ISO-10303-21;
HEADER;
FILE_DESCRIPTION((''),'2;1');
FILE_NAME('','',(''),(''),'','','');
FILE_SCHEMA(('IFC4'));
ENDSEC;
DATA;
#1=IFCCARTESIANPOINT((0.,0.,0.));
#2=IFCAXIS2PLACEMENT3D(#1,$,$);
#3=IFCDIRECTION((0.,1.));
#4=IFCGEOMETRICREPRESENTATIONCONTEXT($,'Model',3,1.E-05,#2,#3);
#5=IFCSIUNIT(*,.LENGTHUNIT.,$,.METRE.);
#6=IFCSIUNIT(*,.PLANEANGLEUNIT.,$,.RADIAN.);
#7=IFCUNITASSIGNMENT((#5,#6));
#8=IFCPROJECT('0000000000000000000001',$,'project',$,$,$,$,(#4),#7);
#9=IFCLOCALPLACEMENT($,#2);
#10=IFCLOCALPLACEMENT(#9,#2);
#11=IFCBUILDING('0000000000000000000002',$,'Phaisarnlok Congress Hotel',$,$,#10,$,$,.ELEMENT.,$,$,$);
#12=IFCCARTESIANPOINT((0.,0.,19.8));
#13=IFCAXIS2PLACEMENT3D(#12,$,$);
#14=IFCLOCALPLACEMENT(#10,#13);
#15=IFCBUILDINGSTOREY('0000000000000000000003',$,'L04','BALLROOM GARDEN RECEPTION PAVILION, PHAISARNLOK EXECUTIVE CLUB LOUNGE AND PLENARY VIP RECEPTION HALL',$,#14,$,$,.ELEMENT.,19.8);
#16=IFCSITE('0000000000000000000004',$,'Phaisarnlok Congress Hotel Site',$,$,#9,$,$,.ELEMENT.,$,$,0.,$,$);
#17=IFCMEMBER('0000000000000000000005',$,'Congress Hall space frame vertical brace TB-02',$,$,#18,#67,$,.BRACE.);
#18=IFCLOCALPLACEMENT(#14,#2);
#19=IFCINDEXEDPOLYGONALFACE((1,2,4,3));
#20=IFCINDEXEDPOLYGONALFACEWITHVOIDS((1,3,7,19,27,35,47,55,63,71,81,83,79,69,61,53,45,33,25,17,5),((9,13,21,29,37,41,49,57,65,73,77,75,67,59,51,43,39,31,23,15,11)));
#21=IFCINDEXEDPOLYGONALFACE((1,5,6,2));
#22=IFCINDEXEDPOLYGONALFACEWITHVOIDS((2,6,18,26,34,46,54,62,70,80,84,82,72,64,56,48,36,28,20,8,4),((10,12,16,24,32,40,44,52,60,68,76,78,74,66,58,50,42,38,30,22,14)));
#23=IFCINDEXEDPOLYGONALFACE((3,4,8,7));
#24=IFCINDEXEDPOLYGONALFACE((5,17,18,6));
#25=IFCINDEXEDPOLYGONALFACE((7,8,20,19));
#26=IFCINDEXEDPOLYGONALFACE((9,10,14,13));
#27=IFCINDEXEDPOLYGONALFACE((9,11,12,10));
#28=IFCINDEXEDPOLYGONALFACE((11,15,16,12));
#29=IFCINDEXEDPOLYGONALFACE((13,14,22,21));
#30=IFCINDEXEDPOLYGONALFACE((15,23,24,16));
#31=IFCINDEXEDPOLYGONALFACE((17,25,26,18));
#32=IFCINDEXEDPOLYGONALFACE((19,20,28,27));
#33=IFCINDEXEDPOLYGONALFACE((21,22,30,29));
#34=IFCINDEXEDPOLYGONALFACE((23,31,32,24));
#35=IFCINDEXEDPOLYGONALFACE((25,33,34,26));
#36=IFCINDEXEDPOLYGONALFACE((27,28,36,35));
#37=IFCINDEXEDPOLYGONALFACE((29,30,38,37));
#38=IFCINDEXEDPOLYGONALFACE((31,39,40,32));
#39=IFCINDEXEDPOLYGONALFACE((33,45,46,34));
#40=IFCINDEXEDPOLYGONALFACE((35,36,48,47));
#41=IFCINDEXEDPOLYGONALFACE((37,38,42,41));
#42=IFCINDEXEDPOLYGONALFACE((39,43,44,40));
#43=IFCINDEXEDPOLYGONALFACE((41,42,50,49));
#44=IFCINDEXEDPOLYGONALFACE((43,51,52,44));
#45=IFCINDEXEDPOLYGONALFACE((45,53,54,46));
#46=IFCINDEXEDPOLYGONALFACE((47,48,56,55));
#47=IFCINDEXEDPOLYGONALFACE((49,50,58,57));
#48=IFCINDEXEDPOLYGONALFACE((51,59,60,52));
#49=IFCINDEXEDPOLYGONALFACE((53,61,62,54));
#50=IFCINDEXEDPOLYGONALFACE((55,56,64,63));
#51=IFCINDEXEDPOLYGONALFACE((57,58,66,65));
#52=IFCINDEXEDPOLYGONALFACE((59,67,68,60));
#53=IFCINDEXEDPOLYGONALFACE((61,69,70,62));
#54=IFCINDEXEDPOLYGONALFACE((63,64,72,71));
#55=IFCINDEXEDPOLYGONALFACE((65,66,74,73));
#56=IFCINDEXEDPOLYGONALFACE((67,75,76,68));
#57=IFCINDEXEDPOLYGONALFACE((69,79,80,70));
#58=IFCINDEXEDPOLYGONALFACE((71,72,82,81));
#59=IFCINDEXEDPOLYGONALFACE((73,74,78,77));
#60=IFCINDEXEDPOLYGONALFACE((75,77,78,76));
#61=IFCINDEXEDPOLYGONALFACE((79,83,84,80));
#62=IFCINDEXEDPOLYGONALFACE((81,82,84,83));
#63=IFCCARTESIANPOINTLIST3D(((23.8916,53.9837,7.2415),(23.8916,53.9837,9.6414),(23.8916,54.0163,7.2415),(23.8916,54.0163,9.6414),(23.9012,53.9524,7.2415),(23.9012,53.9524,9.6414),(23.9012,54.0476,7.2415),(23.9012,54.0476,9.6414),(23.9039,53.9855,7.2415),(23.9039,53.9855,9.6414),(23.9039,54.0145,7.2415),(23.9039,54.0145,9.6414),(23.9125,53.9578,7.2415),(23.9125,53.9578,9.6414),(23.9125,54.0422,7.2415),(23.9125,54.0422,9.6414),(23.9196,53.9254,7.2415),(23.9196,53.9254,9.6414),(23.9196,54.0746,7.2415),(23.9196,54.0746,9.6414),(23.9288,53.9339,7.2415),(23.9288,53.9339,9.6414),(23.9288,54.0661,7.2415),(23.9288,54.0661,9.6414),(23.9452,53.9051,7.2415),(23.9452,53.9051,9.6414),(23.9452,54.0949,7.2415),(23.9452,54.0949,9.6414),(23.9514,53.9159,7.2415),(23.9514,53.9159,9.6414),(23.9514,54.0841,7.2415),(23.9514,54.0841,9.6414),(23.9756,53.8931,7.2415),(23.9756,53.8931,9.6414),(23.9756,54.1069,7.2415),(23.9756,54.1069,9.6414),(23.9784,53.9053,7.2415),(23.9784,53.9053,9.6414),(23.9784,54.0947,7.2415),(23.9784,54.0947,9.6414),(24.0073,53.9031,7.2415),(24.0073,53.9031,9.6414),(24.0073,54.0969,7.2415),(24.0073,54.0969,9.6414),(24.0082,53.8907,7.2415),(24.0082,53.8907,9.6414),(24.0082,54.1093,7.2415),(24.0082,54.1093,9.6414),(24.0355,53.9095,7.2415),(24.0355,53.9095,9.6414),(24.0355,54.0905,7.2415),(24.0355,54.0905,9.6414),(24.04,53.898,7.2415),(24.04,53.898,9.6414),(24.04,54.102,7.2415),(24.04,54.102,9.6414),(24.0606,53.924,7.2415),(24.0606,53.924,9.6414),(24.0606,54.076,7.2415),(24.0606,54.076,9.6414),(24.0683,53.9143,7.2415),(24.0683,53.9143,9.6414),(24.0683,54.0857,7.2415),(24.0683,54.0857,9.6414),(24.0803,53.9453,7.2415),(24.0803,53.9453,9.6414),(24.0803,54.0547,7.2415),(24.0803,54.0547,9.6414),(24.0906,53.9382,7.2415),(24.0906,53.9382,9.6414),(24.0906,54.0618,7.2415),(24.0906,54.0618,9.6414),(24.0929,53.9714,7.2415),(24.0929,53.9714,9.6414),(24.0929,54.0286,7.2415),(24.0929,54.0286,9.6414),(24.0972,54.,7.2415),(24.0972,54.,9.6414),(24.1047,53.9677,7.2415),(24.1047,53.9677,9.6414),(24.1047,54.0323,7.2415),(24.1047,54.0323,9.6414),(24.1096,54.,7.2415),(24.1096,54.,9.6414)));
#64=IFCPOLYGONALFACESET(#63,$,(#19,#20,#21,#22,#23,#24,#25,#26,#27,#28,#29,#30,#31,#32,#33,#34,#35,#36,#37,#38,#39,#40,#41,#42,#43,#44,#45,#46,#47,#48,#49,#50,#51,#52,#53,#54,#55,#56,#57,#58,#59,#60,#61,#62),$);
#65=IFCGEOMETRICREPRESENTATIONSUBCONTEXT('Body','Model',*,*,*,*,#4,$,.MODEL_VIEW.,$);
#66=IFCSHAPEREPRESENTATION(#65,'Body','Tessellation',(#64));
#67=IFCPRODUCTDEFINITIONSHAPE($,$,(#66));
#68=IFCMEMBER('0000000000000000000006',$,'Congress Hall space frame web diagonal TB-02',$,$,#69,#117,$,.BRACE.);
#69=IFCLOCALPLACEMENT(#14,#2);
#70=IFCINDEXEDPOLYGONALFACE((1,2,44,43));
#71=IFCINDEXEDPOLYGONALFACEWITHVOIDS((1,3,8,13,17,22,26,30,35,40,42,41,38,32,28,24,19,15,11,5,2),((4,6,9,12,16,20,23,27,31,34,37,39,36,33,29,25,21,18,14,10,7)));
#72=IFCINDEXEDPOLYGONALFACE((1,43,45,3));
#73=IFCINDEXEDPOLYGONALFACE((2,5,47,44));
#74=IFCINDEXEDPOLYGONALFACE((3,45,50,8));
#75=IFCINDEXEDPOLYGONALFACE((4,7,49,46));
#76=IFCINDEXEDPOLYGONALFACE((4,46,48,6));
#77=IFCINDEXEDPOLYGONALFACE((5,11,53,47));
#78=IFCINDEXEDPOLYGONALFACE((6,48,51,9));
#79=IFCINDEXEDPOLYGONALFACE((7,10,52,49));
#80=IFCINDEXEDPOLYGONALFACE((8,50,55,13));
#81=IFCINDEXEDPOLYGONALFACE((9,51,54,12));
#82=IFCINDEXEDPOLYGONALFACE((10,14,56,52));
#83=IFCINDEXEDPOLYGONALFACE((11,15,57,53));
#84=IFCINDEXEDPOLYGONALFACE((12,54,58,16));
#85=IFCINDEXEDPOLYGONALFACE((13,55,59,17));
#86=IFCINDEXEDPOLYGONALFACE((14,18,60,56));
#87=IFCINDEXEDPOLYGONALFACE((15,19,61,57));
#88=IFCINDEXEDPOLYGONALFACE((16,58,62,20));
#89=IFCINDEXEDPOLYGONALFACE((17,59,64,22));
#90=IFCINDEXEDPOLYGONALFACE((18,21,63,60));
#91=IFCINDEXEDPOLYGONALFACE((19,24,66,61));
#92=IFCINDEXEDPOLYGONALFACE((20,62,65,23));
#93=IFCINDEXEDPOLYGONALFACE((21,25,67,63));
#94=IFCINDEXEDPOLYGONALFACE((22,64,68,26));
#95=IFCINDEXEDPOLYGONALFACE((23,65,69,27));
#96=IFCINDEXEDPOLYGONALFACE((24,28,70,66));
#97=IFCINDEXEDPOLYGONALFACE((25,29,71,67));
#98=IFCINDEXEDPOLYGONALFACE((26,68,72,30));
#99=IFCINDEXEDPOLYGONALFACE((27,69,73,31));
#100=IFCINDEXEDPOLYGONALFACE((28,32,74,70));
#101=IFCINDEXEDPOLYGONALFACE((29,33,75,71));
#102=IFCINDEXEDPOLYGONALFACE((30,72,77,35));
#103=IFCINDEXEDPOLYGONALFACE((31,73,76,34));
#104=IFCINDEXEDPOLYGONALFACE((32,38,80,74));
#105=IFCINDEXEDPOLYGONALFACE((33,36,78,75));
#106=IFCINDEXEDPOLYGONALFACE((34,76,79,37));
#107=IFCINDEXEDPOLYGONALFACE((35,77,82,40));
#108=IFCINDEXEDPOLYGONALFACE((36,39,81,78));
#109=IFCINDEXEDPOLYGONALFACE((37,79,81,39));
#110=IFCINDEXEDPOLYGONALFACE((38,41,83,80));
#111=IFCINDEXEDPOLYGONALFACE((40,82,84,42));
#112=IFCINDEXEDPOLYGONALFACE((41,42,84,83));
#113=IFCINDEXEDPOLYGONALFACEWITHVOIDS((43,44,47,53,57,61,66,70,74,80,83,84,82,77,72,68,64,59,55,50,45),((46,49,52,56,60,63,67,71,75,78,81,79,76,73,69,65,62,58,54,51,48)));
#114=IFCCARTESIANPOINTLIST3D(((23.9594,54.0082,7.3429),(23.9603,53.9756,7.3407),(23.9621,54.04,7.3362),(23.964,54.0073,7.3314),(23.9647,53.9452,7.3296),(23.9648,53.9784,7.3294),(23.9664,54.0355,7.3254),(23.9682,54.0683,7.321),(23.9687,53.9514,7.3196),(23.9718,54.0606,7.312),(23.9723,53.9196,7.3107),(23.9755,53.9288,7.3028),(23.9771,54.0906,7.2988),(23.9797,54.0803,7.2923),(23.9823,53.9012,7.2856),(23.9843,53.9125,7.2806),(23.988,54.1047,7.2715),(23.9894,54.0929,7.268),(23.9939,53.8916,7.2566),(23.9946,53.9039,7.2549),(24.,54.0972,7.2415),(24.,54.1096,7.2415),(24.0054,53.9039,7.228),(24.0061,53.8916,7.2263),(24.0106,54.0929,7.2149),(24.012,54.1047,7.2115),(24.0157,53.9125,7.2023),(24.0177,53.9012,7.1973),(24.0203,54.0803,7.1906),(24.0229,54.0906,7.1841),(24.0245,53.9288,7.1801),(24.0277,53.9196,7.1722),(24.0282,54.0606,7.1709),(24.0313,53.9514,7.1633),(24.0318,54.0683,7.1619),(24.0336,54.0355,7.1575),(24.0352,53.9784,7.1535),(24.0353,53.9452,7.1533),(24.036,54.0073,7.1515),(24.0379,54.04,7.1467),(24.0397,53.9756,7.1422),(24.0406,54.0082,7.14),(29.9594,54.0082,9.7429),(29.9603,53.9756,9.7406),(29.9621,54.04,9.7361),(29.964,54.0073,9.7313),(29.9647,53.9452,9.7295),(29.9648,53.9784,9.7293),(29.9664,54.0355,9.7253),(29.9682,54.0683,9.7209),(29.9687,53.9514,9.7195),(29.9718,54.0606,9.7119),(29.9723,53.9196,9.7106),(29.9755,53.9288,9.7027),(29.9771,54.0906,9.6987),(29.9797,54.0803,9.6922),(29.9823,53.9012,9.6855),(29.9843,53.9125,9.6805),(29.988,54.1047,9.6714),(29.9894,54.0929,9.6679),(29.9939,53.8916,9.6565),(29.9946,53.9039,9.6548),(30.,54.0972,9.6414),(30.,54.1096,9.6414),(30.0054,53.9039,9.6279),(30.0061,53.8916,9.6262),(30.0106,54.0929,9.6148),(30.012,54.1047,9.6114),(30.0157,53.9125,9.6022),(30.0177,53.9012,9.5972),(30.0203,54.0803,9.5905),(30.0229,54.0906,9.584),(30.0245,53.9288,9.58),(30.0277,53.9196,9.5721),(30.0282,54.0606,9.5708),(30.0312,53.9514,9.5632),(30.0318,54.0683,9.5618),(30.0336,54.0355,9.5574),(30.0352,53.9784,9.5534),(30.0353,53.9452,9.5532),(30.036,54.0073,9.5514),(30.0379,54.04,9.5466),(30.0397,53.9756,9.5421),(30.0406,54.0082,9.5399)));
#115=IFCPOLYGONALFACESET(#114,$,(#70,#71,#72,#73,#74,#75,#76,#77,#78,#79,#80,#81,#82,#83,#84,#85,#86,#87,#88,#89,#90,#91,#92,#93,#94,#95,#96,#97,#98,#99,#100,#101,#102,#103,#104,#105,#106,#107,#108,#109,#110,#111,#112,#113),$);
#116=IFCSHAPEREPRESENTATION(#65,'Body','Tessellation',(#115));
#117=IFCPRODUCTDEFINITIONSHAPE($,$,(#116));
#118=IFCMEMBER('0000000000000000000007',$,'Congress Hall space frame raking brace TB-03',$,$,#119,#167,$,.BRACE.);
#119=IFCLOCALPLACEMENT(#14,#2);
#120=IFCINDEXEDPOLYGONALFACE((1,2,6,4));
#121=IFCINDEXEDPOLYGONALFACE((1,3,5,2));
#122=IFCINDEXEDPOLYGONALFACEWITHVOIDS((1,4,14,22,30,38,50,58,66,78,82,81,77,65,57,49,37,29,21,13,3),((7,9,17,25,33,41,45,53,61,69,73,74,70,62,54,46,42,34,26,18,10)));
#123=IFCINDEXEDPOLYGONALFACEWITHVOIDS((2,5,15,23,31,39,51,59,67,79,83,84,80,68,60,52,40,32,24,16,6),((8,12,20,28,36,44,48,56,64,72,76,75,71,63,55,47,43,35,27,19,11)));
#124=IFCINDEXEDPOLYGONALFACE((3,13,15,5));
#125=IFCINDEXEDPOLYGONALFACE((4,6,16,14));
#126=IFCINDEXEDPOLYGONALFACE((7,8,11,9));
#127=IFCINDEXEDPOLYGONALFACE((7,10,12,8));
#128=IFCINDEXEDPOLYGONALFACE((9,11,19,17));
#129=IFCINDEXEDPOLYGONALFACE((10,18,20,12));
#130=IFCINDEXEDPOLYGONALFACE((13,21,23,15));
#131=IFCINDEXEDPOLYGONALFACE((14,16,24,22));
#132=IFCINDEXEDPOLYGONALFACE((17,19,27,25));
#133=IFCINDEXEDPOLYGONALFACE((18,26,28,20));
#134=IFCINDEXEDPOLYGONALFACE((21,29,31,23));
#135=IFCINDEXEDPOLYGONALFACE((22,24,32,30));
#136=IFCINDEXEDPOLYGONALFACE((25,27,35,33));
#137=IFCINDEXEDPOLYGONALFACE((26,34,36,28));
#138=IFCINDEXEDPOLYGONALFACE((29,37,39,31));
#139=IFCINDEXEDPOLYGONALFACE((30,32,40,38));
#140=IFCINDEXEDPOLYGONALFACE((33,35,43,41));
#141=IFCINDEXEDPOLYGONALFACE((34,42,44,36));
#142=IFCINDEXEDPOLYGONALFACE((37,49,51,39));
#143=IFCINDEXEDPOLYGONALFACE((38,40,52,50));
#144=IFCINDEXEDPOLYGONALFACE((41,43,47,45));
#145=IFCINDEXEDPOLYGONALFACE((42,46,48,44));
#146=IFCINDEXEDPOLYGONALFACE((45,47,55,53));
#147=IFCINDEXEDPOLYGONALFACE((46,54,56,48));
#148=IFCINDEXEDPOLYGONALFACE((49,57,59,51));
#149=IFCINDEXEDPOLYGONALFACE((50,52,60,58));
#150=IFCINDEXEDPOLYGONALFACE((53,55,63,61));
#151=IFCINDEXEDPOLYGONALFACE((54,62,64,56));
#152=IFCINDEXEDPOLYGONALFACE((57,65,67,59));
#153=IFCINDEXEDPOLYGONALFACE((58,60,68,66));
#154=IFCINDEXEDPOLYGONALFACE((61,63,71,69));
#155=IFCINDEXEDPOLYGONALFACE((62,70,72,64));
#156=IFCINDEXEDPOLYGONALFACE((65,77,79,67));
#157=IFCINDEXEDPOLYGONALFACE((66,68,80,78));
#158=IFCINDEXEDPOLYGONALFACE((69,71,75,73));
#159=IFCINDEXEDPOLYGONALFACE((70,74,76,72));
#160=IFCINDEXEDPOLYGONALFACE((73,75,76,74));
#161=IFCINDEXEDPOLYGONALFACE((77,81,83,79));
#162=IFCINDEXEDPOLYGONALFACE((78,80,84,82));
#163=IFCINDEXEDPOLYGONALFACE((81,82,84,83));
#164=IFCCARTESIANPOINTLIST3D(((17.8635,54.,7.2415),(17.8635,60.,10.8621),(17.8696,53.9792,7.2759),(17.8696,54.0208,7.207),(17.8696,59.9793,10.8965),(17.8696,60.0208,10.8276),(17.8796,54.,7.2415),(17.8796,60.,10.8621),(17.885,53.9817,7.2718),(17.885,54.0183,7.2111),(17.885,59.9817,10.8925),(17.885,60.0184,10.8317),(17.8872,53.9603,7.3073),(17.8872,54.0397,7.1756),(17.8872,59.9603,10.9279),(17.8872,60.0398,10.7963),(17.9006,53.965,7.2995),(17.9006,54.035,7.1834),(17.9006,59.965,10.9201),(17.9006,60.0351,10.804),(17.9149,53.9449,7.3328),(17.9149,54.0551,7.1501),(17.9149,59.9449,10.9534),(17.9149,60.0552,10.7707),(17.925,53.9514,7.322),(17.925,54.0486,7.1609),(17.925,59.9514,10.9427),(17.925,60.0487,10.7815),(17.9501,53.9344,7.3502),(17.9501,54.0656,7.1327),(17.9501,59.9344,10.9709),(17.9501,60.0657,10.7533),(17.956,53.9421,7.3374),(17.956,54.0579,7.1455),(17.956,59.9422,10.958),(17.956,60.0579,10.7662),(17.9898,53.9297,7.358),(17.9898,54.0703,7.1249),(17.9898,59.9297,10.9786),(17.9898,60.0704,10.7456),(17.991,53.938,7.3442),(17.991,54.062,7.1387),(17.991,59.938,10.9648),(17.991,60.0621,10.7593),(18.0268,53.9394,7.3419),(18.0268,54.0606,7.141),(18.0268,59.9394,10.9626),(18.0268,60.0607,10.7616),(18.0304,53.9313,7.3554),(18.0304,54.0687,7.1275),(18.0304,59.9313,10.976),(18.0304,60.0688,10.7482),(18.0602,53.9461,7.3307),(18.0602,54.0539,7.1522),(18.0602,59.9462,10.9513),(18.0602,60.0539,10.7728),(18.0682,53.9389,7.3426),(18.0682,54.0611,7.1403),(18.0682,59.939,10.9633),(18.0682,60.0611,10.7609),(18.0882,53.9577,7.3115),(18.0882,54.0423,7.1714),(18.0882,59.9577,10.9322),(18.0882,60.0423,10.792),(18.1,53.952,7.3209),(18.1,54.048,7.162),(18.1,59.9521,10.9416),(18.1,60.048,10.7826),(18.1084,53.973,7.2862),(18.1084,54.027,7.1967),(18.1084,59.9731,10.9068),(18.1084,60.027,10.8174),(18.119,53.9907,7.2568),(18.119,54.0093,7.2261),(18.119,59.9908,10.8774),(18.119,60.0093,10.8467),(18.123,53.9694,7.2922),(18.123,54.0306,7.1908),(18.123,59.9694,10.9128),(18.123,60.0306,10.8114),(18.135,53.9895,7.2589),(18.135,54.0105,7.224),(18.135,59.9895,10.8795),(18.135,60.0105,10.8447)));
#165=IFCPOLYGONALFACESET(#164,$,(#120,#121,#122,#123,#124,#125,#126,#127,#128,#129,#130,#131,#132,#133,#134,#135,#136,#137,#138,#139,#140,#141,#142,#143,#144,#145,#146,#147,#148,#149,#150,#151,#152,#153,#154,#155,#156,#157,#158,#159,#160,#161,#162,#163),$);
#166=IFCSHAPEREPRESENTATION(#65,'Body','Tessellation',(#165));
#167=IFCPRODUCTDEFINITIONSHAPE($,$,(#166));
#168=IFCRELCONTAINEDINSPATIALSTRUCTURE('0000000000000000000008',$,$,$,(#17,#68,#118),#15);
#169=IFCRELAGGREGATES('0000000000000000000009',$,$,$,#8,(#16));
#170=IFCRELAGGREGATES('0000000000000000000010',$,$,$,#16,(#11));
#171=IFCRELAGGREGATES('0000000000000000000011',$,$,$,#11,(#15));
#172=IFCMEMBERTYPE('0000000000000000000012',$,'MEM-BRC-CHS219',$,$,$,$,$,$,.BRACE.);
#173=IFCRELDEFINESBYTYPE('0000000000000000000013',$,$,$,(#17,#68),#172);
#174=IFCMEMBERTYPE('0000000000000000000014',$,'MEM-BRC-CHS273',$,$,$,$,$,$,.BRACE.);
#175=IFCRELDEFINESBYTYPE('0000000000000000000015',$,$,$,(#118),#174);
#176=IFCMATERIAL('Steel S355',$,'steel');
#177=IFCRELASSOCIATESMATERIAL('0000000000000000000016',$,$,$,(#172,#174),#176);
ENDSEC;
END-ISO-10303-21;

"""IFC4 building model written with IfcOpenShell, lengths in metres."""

from ifc_helpers import new_model, si_unit, direction, frame, origin, origin_2d, place, context, subcontext, project, spatial, hollow_circle, extrude, material, material_profile, profile_set, type_object, element, save


model = new_model("IFC4")

# Units and contexts
model_context = context("Model", 3, precision=1e-05, world=origin(), true_north=direction((0.0, 1.0)))
body_context = subcontext(model_context, "Body", "Model", "MODEL_VIEW")
ifc_project = project(units=[si_unit("LENGTHUNIT", "METRE"), si_unit("PLANEANGLEUNIT", "RADIAN")], contexts=[model_context])

# Site, building, storey
site_placement = place(None, origin())
site = spatial("IfcSite", under=ifc_project, at=site_placement, Name="Phaisarnlok Congress Hotel Site", CompositionType="ELEMENT", RefElevation=0.0)
building_placement = place(site_placement, origin())
building = spatial("IfcBuilding", under=site, at=building_placement, Name="Phaisarnlok Congress Hotel", CompositionType="ELEMENT")
storey_placement = place(building_placement, frame((0.0, 0.0, 19.8)))
storey = spatial("IfcBuildingStorey", under=building, at=storey_placement, Name="L04", Description="BALLROOM GARDEN RECEPTION PAVILION, PHAISARNLOK EXECUTIVE CLUB LOUNGE AND PLENARY VIP RECEPTION HALL", CompositionType="ELEMENT", Elevation=19.8)

# Members
ifc_material = material(Name="Steel S355", Category="steel")
ifc_material_profile_1 = material_profile(ifc_material, hollow_circle(Radius=0.1096, WallThickness=0.0125, at=origin_2d()), Name="CHS 219.1x12.5")
ifc_profile_set_1 = profile_set([ifc_material_profile_1], Name="Steel S355")
member_type_1 = type_object("IfcMemberType", Name="MEM-BRC-CHS219", PredefinedType="BRACE", material=ifc_profile_set_1)
member_1_placement = place(storey_placement, frame((24.0, 54.0, 7.2415), z_axis=(0.0, 0.0, 1.0), x_axis=(1.0, 0.0, 0.0)))
element("IfcMember", 1, at=member_1_placement, inside=storey, type_object=member_type_1, Name="Congress Hall space frame vertical brace TB-02", PredefinedType="BRACE", context=body_context, shape_type="SweptSolid", body=[
    extrude(hollow_circle(Radius=0.1096, WallThickness=0.0125, at=origin_2d()), origin(), (0.0, 0.0, 1.0), 2.3999),
])
member_2_placement = place(storey_placement, frame((24.0, 54.0, 7.2415), z_axis=(0.928482, 0.0, 0.371378), x_axis=(0.0, 1.0, 0.0)))
element("IfcMember", 2, at=member_2_placement, inside=storey, type_object=member_type_1, Name="Congress Hall space frame web diagonal TB-02", PredefinedType="BRACE", context=body_context, shape_type="SweptSolid", body=[
    extrude(hollow_circle(Radius=0.1096, WallThickness=0.0125, at=origin_2d()), origin(), (0.0, 0.0, 1.0), 6.4622),
])
ifc_material_profile_2 = material_profile(ifc_material, hollow_circle(Radius=0.1365, WallThickness=0.0161, at=origin_2d()), Name="CHS 273x16")
ifc_profile_set_2 = profile_set([ifc_material_profile_2], Name="Steel S355")
member_type_2 = type_object("IfcMemberType", Name="MEM-BRC-CHS273", PredefinedType="BRACE", material=ifc_profile_set_2)
for number, where, z_axis, x_axis, name in (
    (3, (18.0, 54.0, 7.2415), (0.0, 0.856193, 0.516656), (-1.0, 0.0, 0.0), "Congress Hall space frame raking brace TB-03"),
):
    element("IfcMember", number, at=place(storey_placement, frame(where, z_axis=z_axis, x_axis=x_axis)), inside=storey, type_object=member_type_2, Name=name, PredefinedType="BRACE", context=body_context, shape_type="SweptSolid", body=[
        extrude(hollow_circle(Radius=0.1365, WallThickness=0.0161, at=origin_2d()), origin(), (0.0, 0.0, 1.0), 7.0078),
    ])

save(model, "model.ifc")
